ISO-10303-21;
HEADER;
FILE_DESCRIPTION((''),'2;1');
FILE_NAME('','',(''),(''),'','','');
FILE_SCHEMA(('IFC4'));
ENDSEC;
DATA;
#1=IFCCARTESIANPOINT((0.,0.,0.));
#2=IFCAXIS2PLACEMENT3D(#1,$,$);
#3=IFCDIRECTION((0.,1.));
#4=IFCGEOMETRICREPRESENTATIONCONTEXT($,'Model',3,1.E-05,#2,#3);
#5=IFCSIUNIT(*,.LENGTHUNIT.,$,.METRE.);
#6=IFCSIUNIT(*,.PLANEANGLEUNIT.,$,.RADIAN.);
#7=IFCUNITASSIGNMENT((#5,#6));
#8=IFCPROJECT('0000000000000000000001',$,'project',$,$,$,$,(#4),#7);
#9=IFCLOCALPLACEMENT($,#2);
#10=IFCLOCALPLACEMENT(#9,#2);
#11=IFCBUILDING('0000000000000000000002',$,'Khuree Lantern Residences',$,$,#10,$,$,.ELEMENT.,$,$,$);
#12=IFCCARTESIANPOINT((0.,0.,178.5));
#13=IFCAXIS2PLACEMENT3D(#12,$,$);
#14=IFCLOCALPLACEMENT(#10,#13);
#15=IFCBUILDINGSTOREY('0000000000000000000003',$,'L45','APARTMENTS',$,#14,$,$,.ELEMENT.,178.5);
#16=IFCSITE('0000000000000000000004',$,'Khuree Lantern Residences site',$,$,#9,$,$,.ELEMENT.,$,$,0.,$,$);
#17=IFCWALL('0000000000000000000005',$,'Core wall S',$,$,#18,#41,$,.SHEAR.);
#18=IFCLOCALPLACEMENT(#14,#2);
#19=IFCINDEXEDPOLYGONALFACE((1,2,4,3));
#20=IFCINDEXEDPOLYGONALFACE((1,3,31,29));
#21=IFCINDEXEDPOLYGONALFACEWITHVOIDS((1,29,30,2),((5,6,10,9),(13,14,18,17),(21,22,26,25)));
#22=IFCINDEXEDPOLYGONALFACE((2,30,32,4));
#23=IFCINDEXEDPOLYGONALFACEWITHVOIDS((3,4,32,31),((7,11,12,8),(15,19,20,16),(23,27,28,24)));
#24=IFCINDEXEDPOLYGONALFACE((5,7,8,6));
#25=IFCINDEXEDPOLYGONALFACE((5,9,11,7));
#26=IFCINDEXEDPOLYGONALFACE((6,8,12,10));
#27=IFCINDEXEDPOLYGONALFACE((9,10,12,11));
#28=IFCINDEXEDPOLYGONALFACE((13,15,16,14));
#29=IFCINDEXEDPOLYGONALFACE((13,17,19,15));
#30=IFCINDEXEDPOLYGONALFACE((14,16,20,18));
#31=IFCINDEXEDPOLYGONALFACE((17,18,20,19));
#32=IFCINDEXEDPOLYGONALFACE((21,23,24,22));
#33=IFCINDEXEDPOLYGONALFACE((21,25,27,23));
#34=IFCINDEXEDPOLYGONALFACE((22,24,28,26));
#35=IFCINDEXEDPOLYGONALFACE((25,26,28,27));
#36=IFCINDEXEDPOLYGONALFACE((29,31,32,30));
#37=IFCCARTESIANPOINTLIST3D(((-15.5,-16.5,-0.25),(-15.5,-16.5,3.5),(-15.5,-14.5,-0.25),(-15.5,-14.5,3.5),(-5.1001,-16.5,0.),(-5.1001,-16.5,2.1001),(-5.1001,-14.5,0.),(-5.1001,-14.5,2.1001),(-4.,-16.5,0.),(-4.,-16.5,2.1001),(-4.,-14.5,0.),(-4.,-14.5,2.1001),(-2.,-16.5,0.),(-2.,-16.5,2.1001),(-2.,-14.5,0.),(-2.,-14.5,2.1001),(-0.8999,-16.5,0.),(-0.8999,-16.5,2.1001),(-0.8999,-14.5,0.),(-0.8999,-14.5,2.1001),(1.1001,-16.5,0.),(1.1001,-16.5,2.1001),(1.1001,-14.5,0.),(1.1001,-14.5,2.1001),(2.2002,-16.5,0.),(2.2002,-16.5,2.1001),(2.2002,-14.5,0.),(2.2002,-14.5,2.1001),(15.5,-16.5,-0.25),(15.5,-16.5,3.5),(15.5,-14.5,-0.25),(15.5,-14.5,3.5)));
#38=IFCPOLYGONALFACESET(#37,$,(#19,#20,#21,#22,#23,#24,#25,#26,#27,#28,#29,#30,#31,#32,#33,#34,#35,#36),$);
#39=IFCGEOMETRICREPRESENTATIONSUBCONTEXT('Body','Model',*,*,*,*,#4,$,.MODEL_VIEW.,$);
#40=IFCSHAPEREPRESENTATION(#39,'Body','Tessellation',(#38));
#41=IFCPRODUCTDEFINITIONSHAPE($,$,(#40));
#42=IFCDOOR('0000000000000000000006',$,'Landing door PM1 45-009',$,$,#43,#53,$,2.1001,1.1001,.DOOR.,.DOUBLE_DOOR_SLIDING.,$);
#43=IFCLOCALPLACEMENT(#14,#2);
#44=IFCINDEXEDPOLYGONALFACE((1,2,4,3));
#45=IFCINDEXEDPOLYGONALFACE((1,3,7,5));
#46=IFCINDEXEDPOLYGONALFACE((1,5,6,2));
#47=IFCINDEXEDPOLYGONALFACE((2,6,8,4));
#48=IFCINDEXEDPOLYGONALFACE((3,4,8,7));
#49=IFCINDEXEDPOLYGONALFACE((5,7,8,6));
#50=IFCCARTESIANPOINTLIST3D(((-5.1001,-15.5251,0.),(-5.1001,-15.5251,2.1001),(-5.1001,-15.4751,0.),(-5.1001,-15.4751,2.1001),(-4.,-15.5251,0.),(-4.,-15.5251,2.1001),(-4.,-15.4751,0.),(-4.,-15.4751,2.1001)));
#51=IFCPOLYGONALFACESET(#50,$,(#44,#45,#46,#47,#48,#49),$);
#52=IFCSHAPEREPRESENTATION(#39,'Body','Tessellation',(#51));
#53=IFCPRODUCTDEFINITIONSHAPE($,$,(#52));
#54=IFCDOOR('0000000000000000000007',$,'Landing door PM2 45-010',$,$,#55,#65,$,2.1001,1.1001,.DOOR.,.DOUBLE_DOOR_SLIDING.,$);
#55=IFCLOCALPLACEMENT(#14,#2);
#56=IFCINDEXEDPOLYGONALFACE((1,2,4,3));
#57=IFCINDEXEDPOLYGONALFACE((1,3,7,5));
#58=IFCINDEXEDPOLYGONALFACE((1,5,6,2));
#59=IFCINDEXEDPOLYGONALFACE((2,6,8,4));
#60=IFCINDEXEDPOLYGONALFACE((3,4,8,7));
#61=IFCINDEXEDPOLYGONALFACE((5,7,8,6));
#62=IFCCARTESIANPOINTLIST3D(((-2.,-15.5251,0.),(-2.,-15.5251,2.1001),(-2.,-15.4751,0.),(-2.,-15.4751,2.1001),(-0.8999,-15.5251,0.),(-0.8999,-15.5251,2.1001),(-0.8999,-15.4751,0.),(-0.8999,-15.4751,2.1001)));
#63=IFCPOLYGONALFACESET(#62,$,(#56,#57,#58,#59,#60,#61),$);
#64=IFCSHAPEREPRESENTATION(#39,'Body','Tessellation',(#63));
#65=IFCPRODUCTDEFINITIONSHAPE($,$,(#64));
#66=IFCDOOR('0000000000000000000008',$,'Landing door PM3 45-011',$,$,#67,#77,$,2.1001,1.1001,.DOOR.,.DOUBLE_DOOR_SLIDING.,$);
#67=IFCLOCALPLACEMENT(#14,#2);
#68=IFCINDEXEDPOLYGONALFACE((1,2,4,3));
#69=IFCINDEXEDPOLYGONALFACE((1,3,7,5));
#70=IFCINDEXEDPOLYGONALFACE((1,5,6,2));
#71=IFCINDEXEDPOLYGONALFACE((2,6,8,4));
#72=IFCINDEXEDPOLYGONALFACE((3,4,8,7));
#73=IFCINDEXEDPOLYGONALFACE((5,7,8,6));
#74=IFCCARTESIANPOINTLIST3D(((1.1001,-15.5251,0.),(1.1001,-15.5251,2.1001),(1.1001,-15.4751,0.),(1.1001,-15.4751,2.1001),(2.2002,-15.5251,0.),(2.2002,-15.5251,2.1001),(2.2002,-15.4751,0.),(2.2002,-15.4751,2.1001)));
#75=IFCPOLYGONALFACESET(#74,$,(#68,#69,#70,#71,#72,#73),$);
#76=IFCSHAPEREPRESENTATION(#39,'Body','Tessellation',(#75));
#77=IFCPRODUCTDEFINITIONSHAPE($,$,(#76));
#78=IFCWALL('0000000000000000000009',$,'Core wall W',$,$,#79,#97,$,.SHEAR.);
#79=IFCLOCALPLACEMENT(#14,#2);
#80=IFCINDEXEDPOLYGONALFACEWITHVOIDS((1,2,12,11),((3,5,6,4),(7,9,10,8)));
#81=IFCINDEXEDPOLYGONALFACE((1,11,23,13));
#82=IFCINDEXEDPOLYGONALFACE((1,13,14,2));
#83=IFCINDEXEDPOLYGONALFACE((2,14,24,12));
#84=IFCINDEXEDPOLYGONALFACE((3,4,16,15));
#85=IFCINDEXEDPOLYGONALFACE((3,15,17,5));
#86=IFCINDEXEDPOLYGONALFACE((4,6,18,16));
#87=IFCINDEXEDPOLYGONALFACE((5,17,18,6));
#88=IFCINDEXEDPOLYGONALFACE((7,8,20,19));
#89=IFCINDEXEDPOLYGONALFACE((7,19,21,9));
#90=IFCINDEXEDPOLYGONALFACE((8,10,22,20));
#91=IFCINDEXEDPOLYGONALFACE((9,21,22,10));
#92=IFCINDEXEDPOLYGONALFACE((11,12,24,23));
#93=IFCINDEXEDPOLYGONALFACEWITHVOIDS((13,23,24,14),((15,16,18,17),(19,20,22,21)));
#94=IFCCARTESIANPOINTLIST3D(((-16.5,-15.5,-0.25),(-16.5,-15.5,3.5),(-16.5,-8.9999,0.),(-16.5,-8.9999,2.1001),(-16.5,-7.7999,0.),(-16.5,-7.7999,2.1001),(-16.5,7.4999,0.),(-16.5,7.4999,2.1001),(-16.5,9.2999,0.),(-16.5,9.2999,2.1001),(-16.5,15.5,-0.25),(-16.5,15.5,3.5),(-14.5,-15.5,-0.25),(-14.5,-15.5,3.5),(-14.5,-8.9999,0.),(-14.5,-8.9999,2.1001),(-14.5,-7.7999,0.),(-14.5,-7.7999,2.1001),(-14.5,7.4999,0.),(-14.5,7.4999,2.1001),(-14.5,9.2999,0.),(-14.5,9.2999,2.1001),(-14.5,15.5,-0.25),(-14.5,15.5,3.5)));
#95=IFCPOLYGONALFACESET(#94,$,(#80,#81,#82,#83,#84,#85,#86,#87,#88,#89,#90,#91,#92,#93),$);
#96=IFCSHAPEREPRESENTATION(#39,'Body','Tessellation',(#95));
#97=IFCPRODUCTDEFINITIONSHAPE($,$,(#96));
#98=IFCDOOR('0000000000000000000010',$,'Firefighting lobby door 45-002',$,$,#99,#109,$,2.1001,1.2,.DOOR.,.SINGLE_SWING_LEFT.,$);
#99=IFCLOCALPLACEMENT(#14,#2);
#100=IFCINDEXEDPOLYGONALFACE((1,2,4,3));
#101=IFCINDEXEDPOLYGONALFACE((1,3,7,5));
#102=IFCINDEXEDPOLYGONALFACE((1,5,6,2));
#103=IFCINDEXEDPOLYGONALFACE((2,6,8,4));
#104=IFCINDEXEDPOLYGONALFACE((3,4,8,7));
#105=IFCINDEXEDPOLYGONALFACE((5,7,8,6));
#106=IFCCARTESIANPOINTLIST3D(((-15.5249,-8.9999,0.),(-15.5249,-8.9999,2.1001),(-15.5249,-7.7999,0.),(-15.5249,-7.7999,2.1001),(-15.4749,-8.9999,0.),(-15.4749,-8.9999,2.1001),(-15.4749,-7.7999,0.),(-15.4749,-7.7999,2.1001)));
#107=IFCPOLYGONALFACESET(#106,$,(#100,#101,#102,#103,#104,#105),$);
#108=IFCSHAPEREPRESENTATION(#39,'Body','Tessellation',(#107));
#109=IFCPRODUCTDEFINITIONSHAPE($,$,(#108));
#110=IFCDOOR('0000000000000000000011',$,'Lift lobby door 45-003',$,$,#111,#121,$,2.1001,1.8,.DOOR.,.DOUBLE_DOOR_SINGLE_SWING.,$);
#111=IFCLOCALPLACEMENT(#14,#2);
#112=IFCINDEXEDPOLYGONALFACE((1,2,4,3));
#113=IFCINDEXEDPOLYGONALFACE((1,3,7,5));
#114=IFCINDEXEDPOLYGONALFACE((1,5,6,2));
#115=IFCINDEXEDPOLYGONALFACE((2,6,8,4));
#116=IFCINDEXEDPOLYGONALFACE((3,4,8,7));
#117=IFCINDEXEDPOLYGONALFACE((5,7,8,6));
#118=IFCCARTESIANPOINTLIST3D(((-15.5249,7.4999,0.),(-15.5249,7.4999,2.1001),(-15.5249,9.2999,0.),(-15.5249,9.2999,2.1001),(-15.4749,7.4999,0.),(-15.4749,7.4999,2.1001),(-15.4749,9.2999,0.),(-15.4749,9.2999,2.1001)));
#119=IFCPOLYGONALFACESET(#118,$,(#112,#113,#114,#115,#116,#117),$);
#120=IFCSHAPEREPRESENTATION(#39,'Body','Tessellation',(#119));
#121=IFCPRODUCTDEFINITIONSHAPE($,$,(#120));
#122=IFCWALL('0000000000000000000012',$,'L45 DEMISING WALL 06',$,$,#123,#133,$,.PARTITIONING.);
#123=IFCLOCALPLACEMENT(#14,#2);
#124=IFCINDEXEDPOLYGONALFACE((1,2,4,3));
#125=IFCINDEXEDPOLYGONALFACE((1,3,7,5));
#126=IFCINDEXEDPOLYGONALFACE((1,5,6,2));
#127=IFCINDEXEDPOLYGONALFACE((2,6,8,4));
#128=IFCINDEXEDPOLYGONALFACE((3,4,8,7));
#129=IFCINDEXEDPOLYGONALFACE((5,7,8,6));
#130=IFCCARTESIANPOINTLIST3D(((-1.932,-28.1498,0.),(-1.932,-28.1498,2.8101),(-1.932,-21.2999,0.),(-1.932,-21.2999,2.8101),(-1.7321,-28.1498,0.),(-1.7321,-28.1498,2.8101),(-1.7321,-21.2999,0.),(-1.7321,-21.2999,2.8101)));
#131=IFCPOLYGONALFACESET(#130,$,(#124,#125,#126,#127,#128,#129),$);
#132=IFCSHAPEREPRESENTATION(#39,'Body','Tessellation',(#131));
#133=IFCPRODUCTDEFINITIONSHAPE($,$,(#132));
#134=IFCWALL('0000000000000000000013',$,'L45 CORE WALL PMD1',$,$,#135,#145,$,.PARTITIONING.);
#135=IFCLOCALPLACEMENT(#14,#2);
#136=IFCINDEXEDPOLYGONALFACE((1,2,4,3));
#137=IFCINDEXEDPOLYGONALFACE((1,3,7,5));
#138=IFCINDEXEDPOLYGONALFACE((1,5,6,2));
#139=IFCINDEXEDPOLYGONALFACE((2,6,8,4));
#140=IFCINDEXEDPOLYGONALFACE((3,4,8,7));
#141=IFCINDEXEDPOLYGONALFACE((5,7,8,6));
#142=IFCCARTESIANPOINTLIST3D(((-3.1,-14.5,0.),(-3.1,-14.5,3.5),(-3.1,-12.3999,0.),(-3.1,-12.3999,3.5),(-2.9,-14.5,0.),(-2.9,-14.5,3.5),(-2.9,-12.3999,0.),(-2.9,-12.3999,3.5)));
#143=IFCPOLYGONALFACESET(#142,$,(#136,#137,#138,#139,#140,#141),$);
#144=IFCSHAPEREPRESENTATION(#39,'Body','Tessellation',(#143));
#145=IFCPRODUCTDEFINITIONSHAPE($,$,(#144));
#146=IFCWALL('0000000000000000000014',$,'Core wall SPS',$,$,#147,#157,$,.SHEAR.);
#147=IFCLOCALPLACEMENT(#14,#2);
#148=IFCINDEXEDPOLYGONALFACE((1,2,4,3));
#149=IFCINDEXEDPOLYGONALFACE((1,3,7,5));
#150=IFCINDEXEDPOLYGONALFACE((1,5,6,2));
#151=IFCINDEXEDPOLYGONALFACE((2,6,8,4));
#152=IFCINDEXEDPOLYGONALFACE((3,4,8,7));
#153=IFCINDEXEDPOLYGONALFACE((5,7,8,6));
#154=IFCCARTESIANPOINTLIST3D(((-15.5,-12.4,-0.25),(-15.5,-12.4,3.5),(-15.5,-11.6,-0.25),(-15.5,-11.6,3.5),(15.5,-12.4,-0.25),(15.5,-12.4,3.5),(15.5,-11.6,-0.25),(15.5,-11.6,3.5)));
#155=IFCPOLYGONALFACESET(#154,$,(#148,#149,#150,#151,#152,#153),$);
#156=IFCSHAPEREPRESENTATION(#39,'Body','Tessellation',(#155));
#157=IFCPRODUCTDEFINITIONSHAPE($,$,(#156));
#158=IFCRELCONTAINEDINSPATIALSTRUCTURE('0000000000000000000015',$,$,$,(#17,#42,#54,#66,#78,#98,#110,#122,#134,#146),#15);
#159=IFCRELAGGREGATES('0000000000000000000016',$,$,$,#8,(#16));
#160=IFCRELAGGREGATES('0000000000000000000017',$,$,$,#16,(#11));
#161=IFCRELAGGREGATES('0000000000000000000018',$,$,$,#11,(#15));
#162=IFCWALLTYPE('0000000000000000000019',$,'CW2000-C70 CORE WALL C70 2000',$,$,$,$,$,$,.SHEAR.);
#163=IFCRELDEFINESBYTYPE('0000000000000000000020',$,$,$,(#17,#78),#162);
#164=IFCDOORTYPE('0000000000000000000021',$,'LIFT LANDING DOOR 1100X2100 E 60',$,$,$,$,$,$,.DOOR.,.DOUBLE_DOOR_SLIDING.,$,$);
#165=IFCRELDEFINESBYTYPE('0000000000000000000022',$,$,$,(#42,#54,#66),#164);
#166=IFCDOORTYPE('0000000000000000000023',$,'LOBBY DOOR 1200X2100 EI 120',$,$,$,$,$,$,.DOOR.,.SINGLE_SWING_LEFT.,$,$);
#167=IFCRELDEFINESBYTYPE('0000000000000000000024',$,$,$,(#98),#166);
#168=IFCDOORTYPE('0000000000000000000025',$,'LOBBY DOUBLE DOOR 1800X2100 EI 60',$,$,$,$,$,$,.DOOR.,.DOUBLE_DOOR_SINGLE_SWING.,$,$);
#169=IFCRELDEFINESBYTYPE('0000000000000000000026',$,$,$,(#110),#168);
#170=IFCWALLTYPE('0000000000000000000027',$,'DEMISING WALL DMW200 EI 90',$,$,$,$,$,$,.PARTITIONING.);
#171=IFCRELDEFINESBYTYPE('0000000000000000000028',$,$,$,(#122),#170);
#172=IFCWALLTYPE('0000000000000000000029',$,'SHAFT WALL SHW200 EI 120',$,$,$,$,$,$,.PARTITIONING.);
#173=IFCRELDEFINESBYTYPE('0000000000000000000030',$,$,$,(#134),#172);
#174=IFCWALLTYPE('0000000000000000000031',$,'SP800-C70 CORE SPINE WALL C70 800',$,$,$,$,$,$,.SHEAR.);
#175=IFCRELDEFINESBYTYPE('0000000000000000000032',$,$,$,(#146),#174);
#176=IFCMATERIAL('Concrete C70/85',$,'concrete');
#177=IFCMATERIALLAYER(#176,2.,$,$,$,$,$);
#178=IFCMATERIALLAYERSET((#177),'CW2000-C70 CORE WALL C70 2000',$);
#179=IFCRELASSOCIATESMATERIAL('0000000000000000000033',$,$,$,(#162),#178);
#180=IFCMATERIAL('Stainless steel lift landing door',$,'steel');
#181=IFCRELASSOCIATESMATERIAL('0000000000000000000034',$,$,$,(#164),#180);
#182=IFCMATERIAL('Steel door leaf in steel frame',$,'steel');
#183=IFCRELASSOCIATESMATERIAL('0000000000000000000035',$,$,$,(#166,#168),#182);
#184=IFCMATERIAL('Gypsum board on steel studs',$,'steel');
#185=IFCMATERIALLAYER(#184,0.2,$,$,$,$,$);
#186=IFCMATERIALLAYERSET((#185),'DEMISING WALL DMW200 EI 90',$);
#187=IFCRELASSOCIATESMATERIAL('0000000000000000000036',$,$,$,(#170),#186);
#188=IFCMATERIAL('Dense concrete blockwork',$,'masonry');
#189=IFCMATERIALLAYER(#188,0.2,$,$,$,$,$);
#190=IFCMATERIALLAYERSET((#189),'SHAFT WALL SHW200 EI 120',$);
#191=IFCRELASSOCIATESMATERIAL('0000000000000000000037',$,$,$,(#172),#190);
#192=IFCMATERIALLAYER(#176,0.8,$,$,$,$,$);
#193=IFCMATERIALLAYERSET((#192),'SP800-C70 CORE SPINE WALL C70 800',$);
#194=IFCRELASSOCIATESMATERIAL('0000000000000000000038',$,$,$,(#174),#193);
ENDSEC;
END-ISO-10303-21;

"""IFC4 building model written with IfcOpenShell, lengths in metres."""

from ifc_helpers import new_model, si_unit, direction, frame, frame_2d, origin, place, context, subcontext, project, spatial, rectangle, extrude, material, layer, layer_set, type_object, element, fill, save


model = new_model("IFC4")

# Units and contexts
model_context = context("Model", 3, precision=1e-05, world=origin(), true_north=direction((0.0, 1.0)))
body_context = subcontext(model_context, "Body", "Model", "MODEL_VIEW")
ifc_project = project(units=[si_unit("LENGTHUNIT", "METRE"), si_unit("PLANEANGLEUNIT", "RADIAN")], contexts=[model_context])

# Site, building, storey
site_placement = place(None, origin())
site = spatial("IfcSite", under=ifc_project, at=site_placement, Name="Khuree Lantern Residences site", CompositionType="ELEMENT", RefElevation=0.0)
building_placement = place(site_placement, origin())
building = spatial("IfcBuilding", under=site, at=building_placement, Name="Khuree Lantern Residences", CompositionType="ELEMENT")
storey_placement = place(building_placement, frame((0.0, 0.0, 178.5)))
storey = spatial("IfcBuildingStorey", under=building, at=storey_placement, Name="L45", Description="APARTMENTS", CompositionType="ELEMENT", Elevation=178.5)

# Shared definitions
ifc_material_1 = material(Name="Concrete C70/85", Category="concrete")

# Shared definitions
ifc_material_2 = material(Name="Dense concrete blockwork", Category="masonry")
ifc_material_3 = material(Name="Stainless steel lift landing door", Category="steel")

# Shared definitions
ifc_material_4 = material(Name="Gypsum board on steel studs", Category="steel")

# Walls, openings, doors
ifc_layer_1 = layer(ifc_material_1, 2.0)
ifc_layer_set_1 = layer_set([ifc_layer_1], Name="CW2000-C70 CORE WALL C70 2000")
wall_type_1 = type_object("IfcWallType", Name="CW2000-C70 CORE WALL C70 2000", PredefinedType="SHEAR", material=ifc_layer_set_1)
wall_1_placement = place(storey_placement, frame((-15.5, -15.5, -0.25), z_axis=(0.0, 0.0, 1.0), x_axis=(1.0, 0.0, 0.0)))
wall_1 = element("IfcWall", 1, at=wall_1_placement, inside=storey, type_object=wall_type_1, Name="Core wall S", PredefinedType="SHEAR", context=body_context, shape_type="SweptSolid", body=[
    extrude(rectangle(XDim=31.0, YDim=2.0, at=frame_2d((15.5, 0.0))), origin(), (0.0, 0.0, 1.0), 3.75),
])
opening_1_placement = place(wall_1_placement, frame((10.3999, 0.0, 0.25)))
opening_1 = element("IfcOpeningElement", 2, at=opening_1_placement, cuts=wall_1, PredefinedType="OPENING", context=body_context, shape_type="SweptSolid", body=[
    extrude(rectangle(XDim=1.1001, YDim=2.1001, at=frame_2d((0.55, 1.05))), frame((0.0, 1.01, 0.0), z_axis=(0.0, -1.0, 0.0), x_axis=(1.0, 0.0, 0.0)), (0.0, 0.0, 1.0), 2.02),
])
opening_2_placement = place(wall_1_placement, frame((13.5, 0.0, 0.25)))
opening_2 = element("IfcOpeningElement", 3, at=opening_2_placement, cuts=wall_1, PredefinedType="OPENING", context=body_context, shape_type="SweptSolid", body=[
    extrude(rectangle(XDim=1.1001, YDim=2.1001, at=frame_2d((0.55, 1.05))), frame((0.0, 1.01, 0.0), z_axis=(0.0, -1.0, 0.0), x_axis=(1.0, 0.0, 0.0)), (0.0, 0.0, 1.0), 2.02),
])
opening_3_placement = place(wall_1_placement, frame((16.6001, 0.0, 0.25)))
opening_3 = element("IfcOpeningElement", 4, at=opening_3_placement, cuts=wall_1, PredefinedType="OPENING", context=body_context, shape_type="SweptSolid", body=[
    extrude(rectangle(XDim=1.1001, YDim=2.1001, at=frame_2d((0.55, 1.05))), frame((0.0, 1.01, 0.0), z_axis=(0.0, -1.0, 0.0), x_axis=(1.0, 0.0, 0.0)), (0.0, 0.0, 1.0), 2.02),
])
door_type_1 = type_object("IfcDoorType", Name="LIFT LANDING DOOR 1100X2100 E 60", OperationType="DOUBLE_DOOR_SLIDING", PredefinedType="DOOR", material=ifc_material_3)
door_1_placement = place(opening_1_placement, origin())
door_1 = element("IfcDoor", 5, at=door_1_placement, inside=storey, type_object=door_type_1, Name="Landing door PM1 45-009", OperationType="DOUBLE_DOOR_SLIDING", OverallHeight=2.1001, OverallWidth=1.1001, PredefinedType="DOOR", context=body_context, shape_type="SweptSolid", body=[
    extrude(rectangle(XDim=1.1001, YDim=2.1001, at=frame_2d((0.55, 1.05))), frame((0.0, 0.0249, 0.0), z_axis=(0.0, -1.0, 0.0), x_axis=(1.0, 0.0, 0.0)), (0.0, 0.0, 1.0), 0.05),
])
fill(opening_1, door_1)
door_2_placement = place(opening_2_placement, origin())
door_2 = element("IfcDoor", 6, at=door_2_placement, inside=storey, type_object=door_type_1, Name="Landing door PM2 45-010", OperationType="DOUBLE_DOOR_SLIDING", OverallHeight=2.1001, OverallWidth=1.1001, PredefinedType="DOOR", context=body_context, shape_type="SweptSolid", body=[
    extrude(rectangle(XDim=1.1001, YDim=2.1001, at=frame_2d((0.55, 1.05))), frame((0.0, 0.0249, 0.0), z_axis=(0.0, -1.0, 0.0), x_axis=(1.0, 0.0, 0.0)), (0.0, 0.0, 1.0), 0.05),
])
fill(opening_2, door_2)
door_3_placement = place(opening_3_placement, origin())
door_3 = element("IfcDoor", 7, at=door_3_placement, inside=storey, type_object=door_type_1, Name="Landing door PM3 45-011", OperationType="DOUBLE_DOOR_SLIDING", OverallHeight=2.1001, OverallWidth=1.1001, PredefinedType="DOOR", context=body_context, shape_type="SweptSolid", body=[
    extrude(rectangle(XDim=1.1001, YDim=2.1001, at=frame_2d((0.55, 1.05))), frame((0.0, 0.0249, 0.0), z_axis=(0.0, -1.0, 0.0), x_axis=(1.0, 0.0, 0.0)), (0.0, 0.0, 1.0), 0.05),
])
fill(opening_3, door_3)
wall_2_placement = place(storey_placement, frame((-15.5, -15.5, -0.25), z_axis=(0.0, 0.0, 1.0), x_axis=(0.0, 1.0, 0.0)))
wall_2 = element("IfcWall", 8, at=wall_2_placement, inside=storey, type_object=wall_type_1, Name="Core wall W", PredefinedType="SHEAR", context=body_context, shape_type="SweptSolid", body=[
    extrude(rectangle(XDim=31.0, YDim=2.0, at=frame_2d((15.5, 0.0))), origin(), (0.0, 0.0, 1.0), 3.75),
])
opening_4_placement = place(wall_2_placement, frame((6.5, 0.0, 0.25)))
opening_4 = element("IfcOpeningElement", 9, at=opening_4_placement, cuts=wall_2, PredefinedType="OPENING", context=body_context, shape_type="SweptSolid", body=[
    extrude(rectangle(XDim=1.2, YDim=2.1001, at=frame_2d((0.6001, 1.05))), frame((0.0, 1.01, 0.0), z_axis=(0.0, -1.0, 0.0), x_axis=(1.0, 0.0, 0.0)), (0.0, 0.0, 1.0), 2.02),
])
opening_5_placement = place(wall_2_placement, frame((23.0, 0.0, 0.25)))
opening_5 = element("IfcOpeningElement", 10, at=opening_5_placement, cuts=wall_2, PredefinedType="OPENING", context=body_context, shape_type="SweptSolid", body=[
    extrude(rectangle(XDim=1.8, YDim=2.1001, at=frame_2d((0.8999, 1.05))), frame((0.0, 1.01, 0.0), z_axis=(0.0, -1.0, 0.0), x_axis=(1.0, 0.0, 0.0)), (0.0, 0.0, 1.0), 2.02),
])
ifc_material_5 = material(Name="Steel door leaf in steel frame", Category="steel")
door_type_2 = type_object("IfcDoorType", Name="LOBBY DOOR 1200X2100 EI 120", OperationType="SINGLE_SWING_LEFT", PredefinedType="DOOR", material=ifc_material_5)
door_4_placement = place(opening_4_placement, origin())
door_4 = element("IfcDoor", 11, at=door_4_placement, inside=storey, type_object=door_type_2, Name="Firefighting lobby door 45-002", OperationType="SINGLE_SWING_LEFT", OverallHeight=2.1001, OverallWidth=1.2, PredefinedType="DOOR", context=body_context, shape_type="SweptSolid", body=[
    extrude(rectangle(XDim=1.2, YDim=2.1001, at=frame_2d((0.6001, 1.05))), frame((0.0, 0.0249, 0.0), z_axis=(0.0, -1.0, 0.0), x_axis=(1.0, 0.0, 0.0)), (0.0, 0.0, 1.0), 0.05),
])
fill(opening_4, door_4)
door_type_3 = type_object("IfcDoorType", Name="LOBBY DOUBLE DOOR 1800X2100 EI 60", OperationType="DOUBLE_DOOR_SINGLE_SWING", PredefinedType="DOOR", material=ifc_material_5)
door_5_placement = place(opening_5_placement, origin())
door_5 = element("IfcDoor", 12, at=door_5_placement, inside=storey, type_object=door_type_3, Name="Lift lobby door 45-003", OperationType="DOUBLE_DOOR_SINGLE_SWING", OverallHeight=2.1001, OverallWidth=1.8, PredefinedType="DOOR", context=body_context, shape_type="SweptSolid", body=[
    extrude(rectangle(XDim=1.8, YDim=2.1001, at=frame_2d((0.8999, 1.05))), frame((0.0, 0.0249, 0.0), z_axis=(0.0, -1.0, 0.0), x_axis=(1.0, 0.0, 0.0)), (0.0, 0.0, 1.0), 0.05),
])
fill(opening_5, door_5)

# Walls
ifc_layer_2 = layer(ifc_material_4, 0.2)
ifc_layer_set_2 = layer_set([ifc_layer_2], Name="DEMISING WALL DMW200 EI 90")
wall_type_2 = type_object("IfcWallType", Name="DEMISING WALL DMW200 EI 90", PredefinedType="PARTITIONING", material=ifc_layer_set_2)
wall_3_placement = place(storey_placement, frame((-1.832, -21.3, 0.0), z_axis=(0.0, 0.0, 1.0), x_axis=(0.0, -1.0, 0.0)))
element("IfcWall", 13, at=wall_3_placement, inside=storey, type_object=wall_type_2, Name="L45 DEMISING WALL 06", PredefinedType="PARTITIONING", context=body_context, shape_type="SweptSolid", body=[
    extrude(rectangle(XDim=6.8499, YDim=0.2, at=frame_2d((3.4248, 0.0))), origin(), (0.0, 0.0, 1.0), 2.8101),
])
ifc_layer_3 = layer(ifc_material_2, 0.2)
ifc_layer_set_3 = layer_set([ifc_layer_3], Name="SHAFT WALL SHW200 EI 120")
wall_type_3 = type_object("IfcWallType", Name="SHAFT WALL SHW200 EI 120", PredefinedType="PARTITIONING", material=ifc_layer_set_3)
wall_4_placement = place(storey_placement, frame((-3.0, -14.5, 0.0), z_axis=(0.0, 0.0, 1.0), x_axis=(0.0, 1.0, 0.0)))
element("IfcWall", 14, at=wall_4_placement, inside=storey, type_object=wall_type_3, Name="L45 CORE WALL PMD1", PredefinedType="PARTITIONING", context=body_context, shape_type="SweptSolid", body=[
    extrude(rectangle(XDim=2.1001, YDim=0.2, at=frame_2d((1.05, 0.0))), origin(), (0.0, 0.0, 1.0), 3.5),
])
ifc_layer_4 = layer(ifc_material_1, 0.8)
ifc_layer_set_4 = layer_set([ifc_layer_4], Name="SP800-C70 CORE SPINE WALL C70 800")
wall_type_4 = type_object("IfcWallType", Name="SP800-C70 CORE SPINE WALL C70 800", PredefinedType="SHEAR", material=ifc_layer_set_4)
wall_5_placement = place(storey_placement, frame((-15.5, -12.0, -0.25), z_axis=(0.0, 0.0, 1.0), x_axis=(1.0, 0.0, 0.0)))
element("IfcWall", 15, at=wall_5_placement, inside=storey, type_object=wall_type_4, Name="Core wall SPS", PredefinedType="SHEAR", context=body_context, shape_type="SweptSolid", body=[
    extrude(rectangle(XDim=31.0, YDim=0.8, at=frame_2d((15.5, 0.0))), origin(), (0.0, 0.0, 1.0), 3.75),
])

save(model, "model.ifc")
